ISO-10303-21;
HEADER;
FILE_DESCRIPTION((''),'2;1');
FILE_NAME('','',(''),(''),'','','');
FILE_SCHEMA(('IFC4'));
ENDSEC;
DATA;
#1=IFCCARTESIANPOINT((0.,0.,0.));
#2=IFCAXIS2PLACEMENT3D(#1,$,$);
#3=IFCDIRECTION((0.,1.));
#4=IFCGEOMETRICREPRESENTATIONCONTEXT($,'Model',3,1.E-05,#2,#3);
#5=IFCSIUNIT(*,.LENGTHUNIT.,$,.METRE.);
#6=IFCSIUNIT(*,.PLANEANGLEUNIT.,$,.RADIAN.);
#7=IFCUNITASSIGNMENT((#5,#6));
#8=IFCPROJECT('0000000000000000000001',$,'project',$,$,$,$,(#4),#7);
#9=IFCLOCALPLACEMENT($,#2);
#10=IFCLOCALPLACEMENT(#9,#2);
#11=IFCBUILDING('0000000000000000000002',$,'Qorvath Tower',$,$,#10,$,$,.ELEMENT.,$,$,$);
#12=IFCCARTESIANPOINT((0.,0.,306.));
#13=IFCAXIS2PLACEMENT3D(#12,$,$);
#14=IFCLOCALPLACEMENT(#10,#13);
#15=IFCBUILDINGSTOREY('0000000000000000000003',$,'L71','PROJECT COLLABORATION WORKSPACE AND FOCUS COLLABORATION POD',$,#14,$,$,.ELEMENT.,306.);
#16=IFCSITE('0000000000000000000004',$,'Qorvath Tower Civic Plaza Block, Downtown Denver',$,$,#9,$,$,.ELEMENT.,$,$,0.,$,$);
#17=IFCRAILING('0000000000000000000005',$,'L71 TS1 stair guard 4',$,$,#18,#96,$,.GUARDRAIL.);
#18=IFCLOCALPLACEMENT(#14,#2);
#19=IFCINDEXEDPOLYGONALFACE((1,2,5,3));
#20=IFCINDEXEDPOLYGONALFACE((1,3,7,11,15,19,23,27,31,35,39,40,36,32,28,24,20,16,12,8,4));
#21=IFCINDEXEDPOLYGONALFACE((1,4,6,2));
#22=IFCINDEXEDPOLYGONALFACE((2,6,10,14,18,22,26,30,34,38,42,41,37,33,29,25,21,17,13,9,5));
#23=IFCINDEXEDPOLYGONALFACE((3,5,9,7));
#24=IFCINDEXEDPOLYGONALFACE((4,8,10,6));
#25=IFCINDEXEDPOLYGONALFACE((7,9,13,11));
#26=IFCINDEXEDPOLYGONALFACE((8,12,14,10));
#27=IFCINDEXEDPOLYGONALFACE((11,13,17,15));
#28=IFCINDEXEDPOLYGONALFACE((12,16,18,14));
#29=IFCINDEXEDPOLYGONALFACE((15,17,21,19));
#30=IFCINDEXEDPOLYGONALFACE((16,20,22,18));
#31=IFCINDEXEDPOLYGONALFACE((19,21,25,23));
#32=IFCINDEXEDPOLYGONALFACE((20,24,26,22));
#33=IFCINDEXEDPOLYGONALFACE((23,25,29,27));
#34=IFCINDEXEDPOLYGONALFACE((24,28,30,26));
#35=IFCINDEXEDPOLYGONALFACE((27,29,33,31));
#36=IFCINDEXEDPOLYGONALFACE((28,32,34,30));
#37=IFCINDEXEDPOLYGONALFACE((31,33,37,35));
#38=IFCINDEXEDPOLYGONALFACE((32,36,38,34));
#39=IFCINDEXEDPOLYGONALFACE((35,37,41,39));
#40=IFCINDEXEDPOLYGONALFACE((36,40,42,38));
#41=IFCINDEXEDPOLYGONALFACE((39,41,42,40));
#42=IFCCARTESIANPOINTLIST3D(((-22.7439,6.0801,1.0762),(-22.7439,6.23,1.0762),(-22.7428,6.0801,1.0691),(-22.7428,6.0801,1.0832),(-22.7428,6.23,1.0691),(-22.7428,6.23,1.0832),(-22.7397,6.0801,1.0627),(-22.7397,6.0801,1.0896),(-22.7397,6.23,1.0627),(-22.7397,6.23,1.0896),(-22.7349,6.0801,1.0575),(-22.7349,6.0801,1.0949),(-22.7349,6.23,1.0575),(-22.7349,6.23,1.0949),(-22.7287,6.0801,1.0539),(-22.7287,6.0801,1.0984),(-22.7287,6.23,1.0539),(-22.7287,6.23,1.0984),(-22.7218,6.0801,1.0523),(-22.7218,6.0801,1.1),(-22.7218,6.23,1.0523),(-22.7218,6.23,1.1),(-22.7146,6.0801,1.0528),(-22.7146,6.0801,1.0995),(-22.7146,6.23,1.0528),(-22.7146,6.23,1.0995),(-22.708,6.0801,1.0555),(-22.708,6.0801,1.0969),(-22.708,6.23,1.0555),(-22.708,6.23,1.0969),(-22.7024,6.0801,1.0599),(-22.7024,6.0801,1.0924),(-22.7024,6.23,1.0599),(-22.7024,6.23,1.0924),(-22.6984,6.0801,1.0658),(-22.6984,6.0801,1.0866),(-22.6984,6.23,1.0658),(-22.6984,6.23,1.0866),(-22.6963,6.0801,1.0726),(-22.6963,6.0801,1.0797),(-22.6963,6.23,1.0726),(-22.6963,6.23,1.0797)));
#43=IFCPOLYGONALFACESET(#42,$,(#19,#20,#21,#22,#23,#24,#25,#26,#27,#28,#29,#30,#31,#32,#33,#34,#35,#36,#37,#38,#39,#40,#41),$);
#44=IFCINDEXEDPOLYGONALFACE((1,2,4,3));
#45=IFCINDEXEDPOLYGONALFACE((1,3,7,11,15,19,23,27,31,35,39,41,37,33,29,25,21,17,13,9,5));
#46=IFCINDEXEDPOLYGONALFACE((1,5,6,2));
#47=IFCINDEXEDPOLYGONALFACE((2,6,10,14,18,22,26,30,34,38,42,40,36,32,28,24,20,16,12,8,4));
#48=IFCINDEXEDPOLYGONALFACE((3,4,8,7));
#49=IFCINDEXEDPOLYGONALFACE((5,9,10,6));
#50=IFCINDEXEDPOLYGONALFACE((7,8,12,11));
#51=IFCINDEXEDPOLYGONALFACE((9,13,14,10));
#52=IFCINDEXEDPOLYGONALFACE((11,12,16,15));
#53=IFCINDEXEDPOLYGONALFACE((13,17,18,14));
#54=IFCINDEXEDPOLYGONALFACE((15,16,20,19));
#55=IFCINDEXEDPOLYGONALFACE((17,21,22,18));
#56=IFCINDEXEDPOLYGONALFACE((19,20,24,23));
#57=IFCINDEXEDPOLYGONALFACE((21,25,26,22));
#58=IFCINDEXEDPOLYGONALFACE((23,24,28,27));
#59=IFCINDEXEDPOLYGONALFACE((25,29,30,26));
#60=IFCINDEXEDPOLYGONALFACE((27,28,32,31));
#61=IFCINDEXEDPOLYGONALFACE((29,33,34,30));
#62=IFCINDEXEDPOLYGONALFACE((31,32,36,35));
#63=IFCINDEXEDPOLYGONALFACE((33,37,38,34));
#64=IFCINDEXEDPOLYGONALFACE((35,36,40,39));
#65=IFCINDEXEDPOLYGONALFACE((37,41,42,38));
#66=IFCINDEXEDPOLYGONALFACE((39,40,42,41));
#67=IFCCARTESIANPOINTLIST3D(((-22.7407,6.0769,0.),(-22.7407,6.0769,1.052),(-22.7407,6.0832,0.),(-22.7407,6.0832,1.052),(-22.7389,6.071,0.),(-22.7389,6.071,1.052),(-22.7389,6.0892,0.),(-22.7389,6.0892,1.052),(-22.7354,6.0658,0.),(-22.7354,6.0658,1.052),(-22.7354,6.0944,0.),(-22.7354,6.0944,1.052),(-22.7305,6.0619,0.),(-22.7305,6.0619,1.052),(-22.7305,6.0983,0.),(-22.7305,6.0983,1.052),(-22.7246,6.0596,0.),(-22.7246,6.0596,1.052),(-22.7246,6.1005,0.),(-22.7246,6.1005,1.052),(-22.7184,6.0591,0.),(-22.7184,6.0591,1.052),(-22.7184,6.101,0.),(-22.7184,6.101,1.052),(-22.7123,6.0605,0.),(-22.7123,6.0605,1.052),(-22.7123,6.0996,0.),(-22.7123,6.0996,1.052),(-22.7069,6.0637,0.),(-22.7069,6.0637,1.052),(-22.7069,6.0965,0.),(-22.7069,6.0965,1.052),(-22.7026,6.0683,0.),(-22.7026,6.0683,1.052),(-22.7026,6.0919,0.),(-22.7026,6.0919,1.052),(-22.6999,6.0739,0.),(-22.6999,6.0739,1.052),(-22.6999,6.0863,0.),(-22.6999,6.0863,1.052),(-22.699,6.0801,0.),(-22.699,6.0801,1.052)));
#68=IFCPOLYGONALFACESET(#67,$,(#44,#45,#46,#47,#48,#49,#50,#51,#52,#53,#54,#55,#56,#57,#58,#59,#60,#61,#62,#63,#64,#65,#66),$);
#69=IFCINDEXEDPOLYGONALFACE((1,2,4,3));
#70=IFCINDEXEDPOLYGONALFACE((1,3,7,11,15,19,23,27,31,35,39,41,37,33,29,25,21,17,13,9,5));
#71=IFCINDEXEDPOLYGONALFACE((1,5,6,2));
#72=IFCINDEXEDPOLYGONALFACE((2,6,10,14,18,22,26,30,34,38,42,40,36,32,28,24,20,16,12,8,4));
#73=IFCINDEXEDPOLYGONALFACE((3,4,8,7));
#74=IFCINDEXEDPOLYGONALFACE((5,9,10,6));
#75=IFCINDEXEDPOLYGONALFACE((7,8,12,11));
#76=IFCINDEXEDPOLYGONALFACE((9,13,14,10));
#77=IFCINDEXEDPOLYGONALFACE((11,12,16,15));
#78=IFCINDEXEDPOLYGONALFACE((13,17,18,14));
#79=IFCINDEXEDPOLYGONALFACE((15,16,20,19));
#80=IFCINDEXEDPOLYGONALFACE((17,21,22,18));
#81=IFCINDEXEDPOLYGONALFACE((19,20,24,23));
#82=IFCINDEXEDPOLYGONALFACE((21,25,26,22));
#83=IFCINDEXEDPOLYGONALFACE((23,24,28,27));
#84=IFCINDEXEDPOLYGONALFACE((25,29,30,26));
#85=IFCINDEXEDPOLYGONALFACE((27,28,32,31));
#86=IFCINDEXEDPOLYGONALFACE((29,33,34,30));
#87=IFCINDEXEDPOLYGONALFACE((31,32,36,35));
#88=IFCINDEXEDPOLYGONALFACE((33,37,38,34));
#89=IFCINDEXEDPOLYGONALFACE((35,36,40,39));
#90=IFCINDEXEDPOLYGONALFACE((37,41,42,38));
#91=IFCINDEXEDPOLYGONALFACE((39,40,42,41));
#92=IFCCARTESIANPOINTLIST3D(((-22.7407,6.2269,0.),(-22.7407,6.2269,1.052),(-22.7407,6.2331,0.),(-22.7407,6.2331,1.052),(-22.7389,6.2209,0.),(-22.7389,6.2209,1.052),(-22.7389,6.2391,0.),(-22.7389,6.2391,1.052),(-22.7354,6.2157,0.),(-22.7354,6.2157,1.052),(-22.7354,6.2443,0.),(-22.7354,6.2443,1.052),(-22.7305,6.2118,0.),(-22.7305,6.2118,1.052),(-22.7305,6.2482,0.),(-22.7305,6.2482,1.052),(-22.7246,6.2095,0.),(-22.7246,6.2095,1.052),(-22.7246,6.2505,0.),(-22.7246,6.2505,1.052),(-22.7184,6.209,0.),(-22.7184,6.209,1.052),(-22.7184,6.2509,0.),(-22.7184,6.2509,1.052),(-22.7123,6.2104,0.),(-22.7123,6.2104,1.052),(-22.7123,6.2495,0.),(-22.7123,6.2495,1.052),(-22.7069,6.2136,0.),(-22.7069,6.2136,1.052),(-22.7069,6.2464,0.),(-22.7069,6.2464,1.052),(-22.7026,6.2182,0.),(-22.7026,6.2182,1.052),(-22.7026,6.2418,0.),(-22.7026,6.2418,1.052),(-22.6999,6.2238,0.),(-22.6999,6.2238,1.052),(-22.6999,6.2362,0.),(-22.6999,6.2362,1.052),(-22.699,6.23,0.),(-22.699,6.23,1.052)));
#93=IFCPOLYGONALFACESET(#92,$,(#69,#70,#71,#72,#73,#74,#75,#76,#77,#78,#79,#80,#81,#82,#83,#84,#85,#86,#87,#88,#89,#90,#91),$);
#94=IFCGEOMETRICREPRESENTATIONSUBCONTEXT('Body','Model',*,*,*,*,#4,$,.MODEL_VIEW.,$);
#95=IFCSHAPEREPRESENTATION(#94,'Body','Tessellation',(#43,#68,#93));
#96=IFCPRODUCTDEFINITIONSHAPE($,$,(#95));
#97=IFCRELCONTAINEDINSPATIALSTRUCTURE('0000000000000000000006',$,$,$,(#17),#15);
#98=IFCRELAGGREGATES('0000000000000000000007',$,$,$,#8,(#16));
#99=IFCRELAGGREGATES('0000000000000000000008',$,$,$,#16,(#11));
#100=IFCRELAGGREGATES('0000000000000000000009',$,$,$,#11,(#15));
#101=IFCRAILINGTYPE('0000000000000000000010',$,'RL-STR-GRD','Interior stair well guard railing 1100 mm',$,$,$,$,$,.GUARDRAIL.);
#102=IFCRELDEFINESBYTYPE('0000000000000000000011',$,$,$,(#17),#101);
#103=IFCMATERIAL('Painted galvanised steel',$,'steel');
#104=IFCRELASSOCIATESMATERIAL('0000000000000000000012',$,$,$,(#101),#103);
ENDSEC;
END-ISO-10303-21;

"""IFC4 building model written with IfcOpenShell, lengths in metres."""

from ifc_helpers import new_model, si_unit, direction, frame, origin, origin_2d, place, context, subcontext, project, spatial, circle, extrude, material, type_object, element, save


model = new_model("IFC4")

# Units and contexts
model_context = context("Model", 3, precision=1e-05, world=origin(), true_north=direction((0.0, 1.0)))
body_context = subcontext(model_context, "Body", "Model", "MODEL_VIEW")
ifc_project = project(units=[si_unit("LENGTHUNIT", "METRE"), si_unit("PLANEANGLEUNIT", "RADIAN")], contexts=[model_context])

# Site, building, storey
site_placement = place(None, origin())
site = spatial("IfcSite", under=ifc_project, at=site_placement, Name="Qorvath Tower Civic Plaza Block, Downtown Denver", CompositionType="ELEMENT", RefElevation=0.0)
building_placement = place(site_placement, origin())
building = spatial("IfcBuilding", under=site, at=building_placement, Name="Qorvath Tower", CompositionType="ELEMENT")
storey_placement = place(building_placement, frame((0.0, 0.0, 306.0)))
storey = spatial("IfcBuildingStorey", under=building, at=storey_placement, Name="L71", Description="PROJECT COLLABORATION WORKSPACE AND FOCUS COLLABORATION POD", CompositionType="ELEMENT", Elevation=306.0)

# Railing
ifc_material_1 = material(Name="Painted galvanised steel", Category="steel")
railing_type_1 = type_object("IfcRailingType", Name="RL-STR-GRD", Description="Interior stair well guard railing 1100 mm", PredefinedType="GUARDRAIL", material=ifc_material_1)
railing_1_placement = place(storey_placement, frame((-22.72, 6.0801, 0.0)))
element("IfcRailing", 1, at=railing_1_placement, inside=storey, type_object=railing_type_1, Name="L71 TS1 stair guard 4", PredefinedType="GUARDRAIL", context=body_context, shape_type="SweptSolid", body=[
    extrude(circle(Radius=0.0239, at=origin_2d()), frame((0.0, 0.0, 1.0762), z_axis=(0.0, 1.0, 0.0), x_axis=(-1.0, 0.0, 0.0)), (0.0, 0.0, 1.0), 0.1499),
    extrude(circle(Radius=0.021, at=origin_2d()), origin(), (0.0, 0.0, 1.0), 1.052),
    extrude(circle(Radius=0.021, at=origin_2d()), frame((0.0, 0.1499, 0.0)), (0.0, 0.0, 1.0), 1.052),
])

save(model, "model.ifc")
